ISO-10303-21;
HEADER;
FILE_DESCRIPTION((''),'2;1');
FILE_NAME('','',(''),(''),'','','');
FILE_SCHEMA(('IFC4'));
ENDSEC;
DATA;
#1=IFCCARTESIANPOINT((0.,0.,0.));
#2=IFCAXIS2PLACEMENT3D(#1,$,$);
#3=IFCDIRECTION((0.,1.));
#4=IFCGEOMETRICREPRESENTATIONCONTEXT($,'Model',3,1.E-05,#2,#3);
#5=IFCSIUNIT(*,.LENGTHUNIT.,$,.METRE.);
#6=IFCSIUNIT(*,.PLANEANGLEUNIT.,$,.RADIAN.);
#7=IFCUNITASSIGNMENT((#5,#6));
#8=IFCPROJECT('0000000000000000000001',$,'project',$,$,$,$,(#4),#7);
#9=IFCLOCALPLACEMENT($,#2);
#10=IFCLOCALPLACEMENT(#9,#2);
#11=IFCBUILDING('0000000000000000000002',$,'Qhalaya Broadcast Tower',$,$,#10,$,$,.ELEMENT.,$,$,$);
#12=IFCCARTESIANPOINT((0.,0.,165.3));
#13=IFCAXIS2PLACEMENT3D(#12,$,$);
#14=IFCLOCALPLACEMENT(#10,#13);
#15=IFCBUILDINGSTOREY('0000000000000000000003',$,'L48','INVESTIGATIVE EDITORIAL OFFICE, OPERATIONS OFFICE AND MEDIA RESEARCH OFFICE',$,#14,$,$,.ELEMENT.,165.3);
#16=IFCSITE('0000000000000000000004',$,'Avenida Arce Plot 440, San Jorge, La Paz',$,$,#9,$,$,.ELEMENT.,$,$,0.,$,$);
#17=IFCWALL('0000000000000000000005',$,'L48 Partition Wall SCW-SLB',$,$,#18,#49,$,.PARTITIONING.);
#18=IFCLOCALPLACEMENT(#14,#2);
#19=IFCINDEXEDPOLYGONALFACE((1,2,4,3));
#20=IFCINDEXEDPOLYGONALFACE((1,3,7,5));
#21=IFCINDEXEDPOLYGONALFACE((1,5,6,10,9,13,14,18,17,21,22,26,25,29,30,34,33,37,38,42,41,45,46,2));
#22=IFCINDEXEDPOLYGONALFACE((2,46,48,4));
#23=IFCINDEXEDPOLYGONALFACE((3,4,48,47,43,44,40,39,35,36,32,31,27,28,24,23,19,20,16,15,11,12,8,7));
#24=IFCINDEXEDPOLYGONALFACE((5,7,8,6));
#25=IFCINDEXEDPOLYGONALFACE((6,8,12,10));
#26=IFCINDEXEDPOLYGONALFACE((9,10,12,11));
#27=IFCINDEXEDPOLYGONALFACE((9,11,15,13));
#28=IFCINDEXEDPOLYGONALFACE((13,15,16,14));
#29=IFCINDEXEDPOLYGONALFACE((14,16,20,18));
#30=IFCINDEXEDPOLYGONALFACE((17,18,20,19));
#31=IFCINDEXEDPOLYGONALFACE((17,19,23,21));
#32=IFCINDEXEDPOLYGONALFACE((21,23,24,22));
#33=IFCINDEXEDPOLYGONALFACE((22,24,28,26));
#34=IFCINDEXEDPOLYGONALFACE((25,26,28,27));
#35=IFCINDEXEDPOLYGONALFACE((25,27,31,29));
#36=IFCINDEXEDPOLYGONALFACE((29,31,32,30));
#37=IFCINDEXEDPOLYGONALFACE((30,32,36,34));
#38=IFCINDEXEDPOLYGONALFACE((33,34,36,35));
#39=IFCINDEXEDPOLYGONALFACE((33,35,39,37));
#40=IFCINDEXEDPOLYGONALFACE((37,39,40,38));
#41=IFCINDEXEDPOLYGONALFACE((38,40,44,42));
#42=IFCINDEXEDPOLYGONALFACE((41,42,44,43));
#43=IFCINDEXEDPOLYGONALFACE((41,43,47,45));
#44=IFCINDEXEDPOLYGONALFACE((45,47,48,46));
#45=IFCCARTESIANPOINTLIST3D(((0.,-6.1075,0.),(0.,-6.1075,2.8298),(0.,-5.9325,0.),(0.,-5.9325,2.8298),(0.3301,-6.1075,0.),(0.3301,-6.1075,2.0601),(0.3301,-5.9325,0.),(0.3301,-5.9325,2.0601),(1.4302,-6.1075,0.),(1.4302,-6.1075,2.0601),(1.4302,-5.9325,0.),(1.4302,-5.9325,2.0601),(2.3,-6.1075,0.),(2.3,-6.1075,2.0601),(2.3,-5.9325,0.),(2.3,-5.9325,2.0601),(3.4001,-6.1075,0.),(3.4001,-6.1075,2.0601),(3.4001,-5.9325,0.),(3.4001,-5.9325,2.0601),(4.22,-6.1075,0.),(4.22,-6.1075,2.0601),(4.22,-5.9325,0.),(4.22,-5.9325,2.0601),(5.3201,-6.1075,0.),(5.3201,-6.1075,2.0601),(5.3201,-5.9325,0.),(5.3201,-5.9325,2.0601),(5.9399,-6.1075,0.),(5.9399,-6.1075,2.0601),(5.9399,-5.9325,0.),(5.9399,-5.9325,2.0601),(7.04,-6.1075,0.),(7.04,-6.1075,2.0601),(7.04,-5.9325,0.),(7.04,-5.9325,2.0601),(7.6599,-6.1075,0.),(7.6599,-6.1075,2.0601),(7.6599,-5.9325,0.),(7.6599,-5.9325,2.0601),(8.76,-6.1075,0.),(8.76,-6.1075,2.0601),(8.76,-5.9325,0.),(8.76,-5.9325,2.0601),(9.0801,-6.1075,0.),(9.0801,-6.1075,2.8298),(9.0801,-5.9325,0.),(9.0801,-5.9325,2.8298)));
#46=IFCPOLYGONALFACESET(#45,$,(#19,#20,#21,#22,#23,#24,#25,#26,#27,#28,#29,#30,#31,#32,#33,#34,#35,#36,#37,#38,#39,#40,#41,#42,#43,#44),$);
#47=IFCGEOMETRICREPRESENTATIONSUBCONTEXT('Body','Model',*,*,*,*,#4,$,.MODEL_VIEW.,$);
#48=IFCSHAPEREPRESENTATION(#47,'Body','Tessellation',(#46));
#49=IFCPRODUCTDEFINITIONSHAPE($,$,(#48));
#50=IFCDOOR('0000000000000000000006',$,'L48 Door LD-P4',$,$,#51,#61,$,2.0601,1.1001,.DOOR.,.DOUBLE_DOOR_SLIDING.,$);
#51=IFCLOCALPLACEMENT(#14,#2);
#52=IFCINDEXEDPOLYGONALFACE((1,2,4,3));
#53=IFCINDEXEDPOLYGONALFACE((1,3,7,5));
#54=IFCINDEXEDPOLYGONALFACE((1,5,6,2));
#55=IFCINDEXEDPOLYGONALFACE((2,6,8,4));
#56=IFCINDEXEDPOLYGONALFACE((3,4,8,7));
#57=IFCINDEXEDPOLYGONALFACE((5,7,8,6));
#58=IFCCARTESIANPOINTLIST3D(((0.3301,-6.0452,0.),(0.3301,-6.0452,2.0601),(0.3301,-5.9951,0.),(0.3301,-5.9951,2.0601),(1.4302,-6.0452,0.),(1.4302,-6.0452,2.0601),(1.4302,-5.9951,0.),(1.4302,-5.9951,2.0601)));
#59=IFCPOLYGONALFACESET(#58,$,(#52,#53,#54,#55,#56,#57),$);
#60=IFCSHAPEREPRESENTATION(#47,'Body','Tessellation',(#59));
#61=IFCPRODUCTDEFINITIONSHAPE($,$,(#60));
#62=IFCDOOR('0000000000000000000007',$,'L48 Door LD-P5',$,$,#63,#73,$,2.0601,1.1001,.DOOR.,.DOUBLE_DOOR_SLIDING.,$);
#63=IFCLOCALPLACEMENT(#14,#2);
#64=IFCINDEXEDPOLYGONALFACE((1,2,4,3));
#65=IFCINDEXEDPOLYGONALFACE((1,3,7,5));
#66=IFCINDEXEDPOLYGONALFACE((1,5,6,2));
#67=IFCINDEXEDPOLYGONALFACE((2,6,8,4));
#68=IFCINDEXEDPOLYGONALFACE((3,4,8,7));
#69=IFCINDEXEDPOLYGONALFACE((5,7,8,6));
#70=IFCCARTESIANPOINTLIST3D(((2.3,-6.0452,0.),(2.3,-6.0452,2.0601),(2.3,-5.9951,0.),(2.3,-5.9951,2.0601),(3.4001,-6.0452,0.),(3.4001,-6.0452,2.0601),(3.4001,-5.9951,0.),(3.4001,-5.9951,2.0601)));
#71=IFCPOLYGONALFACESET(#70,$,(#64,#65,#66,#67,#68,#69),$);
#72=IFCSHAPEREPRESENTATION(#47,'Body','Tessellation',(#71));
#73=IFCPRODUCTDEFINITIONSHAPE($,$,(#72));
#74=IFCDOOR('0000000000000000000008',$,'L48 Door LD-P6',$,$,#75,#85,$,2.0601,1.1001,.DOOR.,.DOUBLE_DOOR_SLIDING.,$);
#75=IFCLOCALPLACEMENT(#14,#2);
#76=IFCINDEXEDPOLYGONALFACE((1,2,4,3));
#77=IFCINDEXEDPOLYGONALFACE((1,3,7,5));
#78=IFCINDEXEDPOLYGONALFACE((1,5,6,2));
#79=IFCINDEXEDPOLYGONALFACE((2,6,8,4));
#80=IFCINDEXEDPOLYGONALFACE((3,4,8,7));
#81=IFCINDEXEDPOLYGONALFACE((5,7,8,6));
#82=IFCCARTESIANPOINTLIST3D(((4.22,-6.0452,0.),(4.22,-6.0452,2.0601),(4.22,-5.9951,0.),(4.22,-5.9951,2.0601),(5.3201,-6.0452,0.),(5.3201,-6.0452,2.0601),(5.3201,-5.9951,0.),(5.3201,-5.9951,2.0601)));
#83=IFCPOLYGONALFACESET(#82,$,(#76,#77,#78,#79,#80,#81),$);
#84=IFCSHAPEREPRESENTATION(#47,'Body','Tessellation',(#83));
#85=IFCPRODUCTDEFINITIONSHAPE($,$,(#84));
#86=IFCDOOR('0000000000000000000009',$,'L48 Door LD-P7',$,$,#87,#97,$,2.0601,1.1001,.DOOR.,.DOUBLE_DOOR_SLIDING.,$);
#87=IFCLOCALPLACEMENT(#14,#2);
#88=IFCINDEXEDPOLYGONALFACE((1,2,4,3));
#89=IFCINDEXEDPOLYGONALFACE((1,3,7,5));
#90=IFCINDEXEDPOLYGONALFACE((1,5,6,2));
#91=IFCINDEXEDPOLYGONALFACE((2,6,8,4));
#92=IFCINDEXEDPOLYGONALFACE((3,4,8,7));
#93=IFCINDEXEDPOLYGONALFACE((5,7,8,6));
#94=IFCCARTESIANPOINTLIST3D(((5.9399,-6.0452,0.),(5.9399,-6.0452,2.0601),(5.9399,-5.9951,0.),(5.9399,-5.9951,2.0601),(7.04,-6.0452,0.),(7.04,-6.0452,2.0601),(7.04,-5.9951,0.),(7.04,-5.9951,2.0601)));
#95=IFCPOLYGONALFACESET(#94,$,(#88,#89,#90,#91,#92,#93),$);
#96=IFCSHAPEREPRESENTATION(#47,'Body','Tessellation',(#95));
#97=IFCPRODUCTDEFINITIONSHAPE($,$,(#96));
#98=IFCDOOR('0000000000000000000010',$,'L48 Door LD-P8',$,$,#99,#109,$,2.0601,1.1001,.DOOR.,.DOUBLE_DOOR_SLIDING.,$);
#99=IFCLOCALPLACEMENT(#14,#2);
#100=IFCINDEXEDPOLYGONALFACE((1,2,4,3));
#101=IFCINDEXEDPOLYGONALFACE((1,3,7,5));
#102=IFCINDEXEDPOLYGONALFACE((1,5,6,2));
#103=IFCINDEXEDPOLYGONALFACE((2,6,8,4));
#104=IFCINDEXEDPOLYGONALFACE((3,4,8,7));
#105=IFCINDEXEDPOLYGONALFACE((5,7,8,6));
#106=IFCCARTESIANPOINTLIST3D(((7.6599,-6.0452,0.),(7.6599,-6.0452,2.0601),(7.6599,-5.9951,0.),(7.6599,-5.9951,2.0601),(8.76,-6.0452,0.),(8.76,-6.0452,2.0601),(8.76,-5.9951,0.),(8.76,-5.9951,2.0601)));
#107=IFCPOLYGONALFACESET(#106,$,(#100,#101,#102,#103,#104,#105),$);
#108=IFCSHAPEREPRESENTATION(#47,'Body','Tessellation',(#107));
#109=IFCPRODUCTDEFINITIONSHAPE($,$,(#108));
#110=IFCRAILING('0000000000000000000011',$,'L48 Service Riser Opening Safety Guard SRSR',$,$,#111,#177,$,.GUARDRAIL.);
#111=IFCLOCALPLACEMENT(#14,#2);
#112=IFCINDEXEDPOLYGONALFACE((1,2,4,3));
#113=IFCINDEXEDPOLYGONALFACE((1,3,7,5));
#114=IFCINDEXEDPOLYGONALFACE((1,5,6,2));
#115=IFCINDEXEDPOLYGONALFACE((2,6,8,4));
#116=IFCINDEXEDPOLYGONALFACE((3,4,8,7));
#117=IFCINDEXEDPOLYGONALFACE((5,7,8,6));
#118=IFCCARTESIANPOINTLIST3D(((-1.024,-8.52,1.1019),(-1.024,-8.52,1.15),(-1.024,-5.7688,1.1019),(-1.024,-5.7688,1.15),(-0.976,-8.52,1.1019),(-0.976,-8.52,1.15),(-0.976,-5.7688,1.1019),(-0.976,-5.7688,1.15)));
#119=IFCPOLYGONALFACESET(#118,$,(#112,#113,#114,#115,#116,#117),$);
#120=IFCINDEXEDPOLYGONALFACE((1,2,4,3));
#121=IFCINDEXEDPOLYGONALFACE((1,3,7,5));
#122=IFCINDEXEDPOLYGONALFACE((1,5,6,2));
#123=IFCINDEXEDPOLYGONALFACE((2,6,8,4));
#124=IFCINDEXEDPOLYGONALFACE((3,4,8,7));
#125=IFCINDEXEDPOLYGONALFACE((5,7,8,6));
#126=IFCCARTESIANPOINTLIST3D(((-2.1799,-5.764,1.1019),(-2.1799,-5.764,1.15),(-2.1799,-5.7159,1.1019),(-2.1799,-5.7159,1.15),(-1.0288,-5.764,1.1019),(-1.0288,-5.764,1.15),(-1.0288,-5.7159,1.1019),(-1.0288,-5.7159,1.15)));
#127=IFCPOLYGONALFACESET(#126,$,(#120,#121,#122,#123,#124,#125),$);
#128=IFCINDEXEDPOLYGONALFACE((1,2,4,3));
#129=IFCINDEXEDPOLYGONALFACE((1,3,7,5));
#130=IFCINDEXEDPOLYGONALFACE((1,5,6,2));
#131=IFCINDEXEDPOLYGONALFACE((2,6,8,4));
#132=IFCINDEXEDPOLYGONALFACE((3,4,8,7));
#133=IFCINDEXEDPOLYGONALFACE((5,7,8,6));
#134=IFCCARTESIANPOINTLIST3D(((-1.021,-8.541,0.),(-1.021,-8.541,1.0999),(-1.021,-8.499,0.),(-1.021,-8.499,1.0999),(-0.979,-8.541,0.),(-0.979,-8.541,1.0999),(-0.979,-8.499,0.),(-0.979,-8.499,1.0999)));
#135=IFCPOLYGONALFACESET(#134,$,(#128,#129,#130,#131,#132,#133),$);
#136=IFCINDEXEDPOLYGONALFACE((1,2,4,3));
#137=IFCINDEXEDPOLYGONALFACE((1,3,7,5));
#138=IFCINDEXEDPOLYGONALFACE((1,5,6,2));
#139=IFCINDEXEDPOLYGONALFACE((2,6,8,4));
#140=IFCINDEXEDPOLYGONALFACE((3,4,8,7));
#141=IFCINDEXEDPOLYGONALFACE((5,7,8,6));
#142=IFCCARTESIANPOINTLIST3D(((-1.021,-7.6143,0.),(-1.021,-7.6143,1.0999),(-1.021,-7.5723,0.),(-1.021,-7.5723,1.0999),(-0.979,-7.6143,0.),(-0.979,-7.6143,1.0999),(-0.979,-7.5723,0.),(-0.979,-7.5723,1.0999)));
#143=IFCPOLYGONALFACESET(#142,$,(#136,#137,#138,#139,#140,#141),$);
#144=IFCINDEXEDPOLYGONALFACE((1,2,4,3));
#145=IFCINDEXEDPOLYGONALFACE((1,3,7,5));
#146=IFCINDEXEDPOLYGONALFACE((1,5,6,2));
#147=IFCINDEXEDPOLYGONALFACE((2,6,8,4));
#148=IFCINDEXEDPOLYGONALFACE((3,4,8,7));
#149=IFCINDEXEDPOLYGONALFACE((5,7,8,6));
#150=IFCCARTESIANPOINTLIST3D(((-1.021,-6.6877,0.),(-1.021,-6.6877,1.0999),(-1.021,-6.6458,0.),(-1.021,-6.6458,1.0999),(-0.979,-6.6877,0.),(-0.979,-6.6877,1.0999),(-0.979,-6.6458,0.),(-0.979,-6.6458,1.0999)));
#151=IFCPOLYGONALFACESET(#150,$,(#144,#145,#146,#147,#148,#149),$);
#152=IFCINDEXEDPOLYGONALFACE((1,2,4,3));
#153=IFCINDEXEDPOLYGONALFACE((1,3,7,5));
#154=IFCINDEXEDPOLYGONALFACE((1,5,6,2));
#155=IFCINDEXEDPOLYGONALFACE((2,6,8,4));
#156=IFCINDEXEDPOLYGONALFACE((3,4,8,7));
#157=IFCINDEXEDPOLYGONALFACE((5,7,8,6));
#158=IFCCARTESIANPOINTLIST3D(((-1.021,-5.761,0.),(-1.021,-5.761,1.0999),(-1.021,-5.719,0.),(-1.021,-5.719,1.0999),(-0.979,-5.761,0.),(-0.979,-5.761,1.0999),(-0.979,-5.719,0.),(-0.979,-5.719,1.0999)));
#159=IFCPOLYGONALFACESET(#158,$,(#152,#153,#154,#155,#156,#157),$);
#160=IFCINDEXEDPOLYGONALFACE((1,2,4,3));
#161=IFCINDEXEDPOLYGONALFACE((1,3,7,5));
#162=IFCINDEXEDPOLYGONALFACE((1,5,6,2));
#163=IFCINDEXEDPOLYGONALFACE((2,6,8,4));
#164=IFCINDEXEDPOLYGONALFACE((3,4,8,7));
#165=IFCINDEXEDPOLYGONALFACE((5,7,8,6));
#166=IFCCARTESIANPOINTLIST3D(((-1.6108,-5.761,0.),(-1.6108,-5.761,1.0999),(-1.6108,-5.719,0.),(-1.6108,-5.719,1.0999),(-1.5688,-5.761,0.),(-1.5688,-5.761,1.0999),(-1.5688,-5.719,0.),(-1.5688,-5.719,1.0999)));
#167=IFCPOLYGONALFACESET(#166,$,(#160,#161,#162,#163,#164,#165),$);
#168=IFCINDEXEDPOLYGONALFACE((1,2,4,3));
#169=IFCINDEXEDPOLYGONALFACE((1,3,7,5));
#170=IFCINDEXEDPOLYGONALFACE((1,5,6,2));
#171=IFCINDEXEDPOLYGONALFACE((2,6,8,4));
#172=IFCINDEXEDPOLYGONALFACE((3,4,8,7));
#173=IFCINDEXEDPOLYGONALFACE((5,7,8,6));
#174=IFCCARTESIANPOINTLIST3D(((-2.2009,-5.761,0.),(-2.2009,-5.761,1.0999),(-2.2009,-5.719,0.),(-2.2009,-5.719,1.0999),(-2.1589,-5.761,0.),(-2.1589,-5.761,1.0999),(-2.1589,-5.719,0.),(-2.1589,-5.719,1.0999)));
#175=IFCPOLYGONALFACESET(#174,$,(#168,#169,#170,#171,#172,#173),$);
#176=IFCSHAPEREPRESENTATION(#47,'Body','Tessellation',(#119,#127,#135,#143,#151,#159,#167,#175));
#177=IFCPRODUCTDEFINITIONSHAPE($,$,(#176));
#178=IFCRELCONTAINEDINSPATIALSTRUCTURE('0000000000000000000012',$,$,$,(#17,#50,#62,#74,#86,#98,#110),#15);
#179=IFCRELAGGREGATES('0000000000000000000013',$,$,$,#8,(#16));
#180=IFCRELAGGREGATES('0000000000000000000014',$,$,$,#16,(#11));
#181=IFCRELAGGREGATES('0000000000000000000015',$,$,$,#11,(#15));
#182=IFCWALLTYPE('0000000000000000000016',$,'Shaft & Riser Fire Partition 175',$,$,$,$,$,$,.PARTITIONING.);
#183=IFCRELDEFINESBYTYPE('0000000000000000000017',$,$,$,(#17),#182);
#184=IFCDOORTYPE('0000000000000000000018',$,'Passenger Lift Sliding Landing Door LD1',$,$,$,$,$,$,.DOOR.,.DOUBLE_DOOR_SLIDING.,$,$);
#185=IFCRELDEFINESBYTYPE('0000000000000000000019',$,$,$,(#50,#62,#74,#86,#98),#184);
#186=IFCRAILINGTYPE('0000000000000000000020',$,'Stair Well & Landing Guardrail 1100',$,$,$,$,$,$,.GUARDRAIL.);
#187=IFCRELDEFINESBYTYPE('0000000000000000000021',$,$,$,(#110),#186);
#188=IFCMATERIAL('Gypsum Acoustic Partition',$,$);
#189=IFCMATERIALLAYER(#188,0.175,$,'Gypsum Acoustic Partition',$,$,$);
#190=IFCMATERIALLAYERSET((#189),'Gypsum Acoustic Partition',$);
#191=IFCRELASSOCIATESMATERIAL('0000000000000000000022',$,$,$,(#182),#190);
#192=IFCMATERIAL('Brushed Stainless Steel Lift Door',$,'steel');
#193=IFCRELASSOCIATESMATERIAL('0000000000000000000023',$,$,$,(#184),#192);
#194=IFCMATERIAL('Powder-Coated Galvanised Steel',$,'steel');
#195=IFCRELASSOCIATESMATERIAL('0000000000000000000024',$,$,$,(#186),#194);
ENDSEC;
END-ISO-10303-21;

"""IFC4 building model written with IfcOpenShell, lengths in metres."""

from ifc_helpers import new_model, si_unit, direction, frame, frame_2d, origin, origin_2d, place, context, subcontext, project, spatial, rectangle, extrude, material, layer, layer_set, type_object, element, fill, save


model = new_model("IFC4")

# Units and contexts
model_context = context("Model", 3, precision=1e-05, world=origin(), true_north=direction((0.0, 1.0)))
body_context = subcontext(model_context, "Body", "Model", "MODEL_VIEW")
ifc_project = project(units=[si_unit("LENGTHUNIT", "METRE"), si_unit("PLANEANGLEUNIT", "RADIAN")], contexts=[model_context])

# Site, building, storey
site_placement = place(None, origin())
site = spatial("IfcSite", under=ifc_project, at=site_placement, Name="Avenida Arce Plot 440, San Jorge, La Paz", CompositionType="ELEMENT", RefElevation=0.0)
building_placement = place(site_placement, origin())
building = spatial("IfcBuilding", under=site, at=building_placement, Name="Qhalaya Broadcast Tower", CompositionType="ELEMENT")
storey_placement = place(building_placement, frame((0.0, 0.0, 165.3)))
storey = spatial("IfcBuildingStorey", under=building, at=storey_placement, Name="L48", Description="INVESTIGATIVE EDITORIAL OFFICE, OPERATIONS OFFICE AND MEDIA RESEARCH OFFICE", CompositionType="ELEMENT", Elevation=165.3)

# Shared definitions
ifc_material_1 = material(Name="Gypsum Acoustic Partition")

# Shared definitions
ifc_layer_1 = layer(ifc_material_1, 0.175, Name="Gypsum Acoustic Partition")
ifc_layer_set_1 = layer_set([ifc_layer_1], Name="Gypsum Acoustic Partition")
wall_type_1 = type_object("IfcWallType", Name="Shaft & Riser Fire Partition 175", PredefinedType="PARTITIONING", material=ifc_layer_set_1)

# Wall, openings, doors
wall_1_placement = place(storey_placement, frame((0.0, -6.02, 0.0), z_axis=(0.0, 0.0, 1.0), x_axis=(1.0, 0.0, 0.0)))
wall_1 = element("IfcWall", 1, at=wall_1_placement, inside=storey, type_object=wall_type_1, Name="L48 Partition Wall SCW-SLB", PredefinedType="PARTITIONING", context=body_context, shape_type="SweptSolid", body=[
    extrude(rectangle(XDim=9.0801, YDim=0.175, at=frame_2d((4.54, 0.0))), origin(), (0.0, 0.0, 1.0), 2.8298),
])
opening_1_placement = place(wall_1_placement, frame((0.3301, 0.0, 0.0)))
opening_1 = element("IfcOpeningElement", 2, at=opening_1_placement, cuts=wall_1, PredefinedType="OPENING", context=body_context, shape_type="SweptSolid", body=[
    extrude(rectangle(XDim=1.1001, YDim=2.0601, at=frame_2d((0.55, 1.03))), frame((0.0, 0.0996, 0.0), z_axis=(0.0, -1.0, 0.0), x_axis=(1.0, 0.0, 0.0)), (0.0, 0.0, 1.0), 0.199),
])
opening_2_placement = place(wall_1_placement, frame((2.3, 0.0, 0.0)))
opening_2 = element("IfcOpeningElement", 3, at=opening_2_placement, cuts=wall_1, PredefinedType="OPENING", context=body_context, shape_type="SweptSolid", body=[
    extrude(rectangle(XDim=1.1001, YDim=2.0601, at=frame_2d((0.55, 1.03))), frame((0.0, 0.0996, 0.0), z_axis=(0.0, -1.0, 0.0), x_axis=(1.0, 0.0, 0.0)), (0.0, 0.0, 1.0), 0.199),
])
opening_3_placement = place(wall_1_placement, frame((4.22, 0.0, 0.0)))
opening_3 = element("IfcOpeningElement", 4, at=opening_3_placement, cuts=wall_1, PredefinedType="OPENING", context=body_context, shape_type="SweptSolid", body=[
    extrude(rectangle(XDim=1.1001, YDim=2.0601, at=frame_2d((0.55, 1.03))), frame((0.0, 0.0996, 0.0), z_axis=(0.0, -1.0, 0.0), x_axis=(1.0, 0.0, 0.0)), (0.0, 0.0, 1.0), 0.199),
])
opening_4_placement = place(wall_1_placement, frame((5.9399, 0.0, 0.0)))
opening_4 = element("IfcOpeningElement", 5, at=opening_4_placement, cuts=wall_1, PredefinedType="OPENING", context=body_context, shape_type="SweptSolid", body=[
    extrude(rectangle(XDim=1.1001, YDim=2.0601, at=frame_2d((0.55, 1.03))), frame((0.0, 0.0996, 0.0), z_axis=(0.0, -1.0, 0.0), x_axis=(1.0, 0.0, 0.0)), (0.0, 0.0, 1.0), 0.199),
])
opening_5_placement = place(wall_1_placement, frame((7.6599, 0.0, 0.0)))
opening_5 = element("IfcOpeningElement", 6, at=opening_5_placement, cuts=wall_1, PredefinedType="OPENING", context=body_context, shape_type="SweptSolid", body=[
    extrude(rectangle(XDim=1.1001, YDim=2.0601, at=frame_2d((0.55, 1.03))), frame((0.0, 0.0996, 0.0), z_axis=(0.0, -1.0, 0.0), x_axis=(1.0, 0.0, 0.0)), (0.0, 0.0, 1.0), 0.199),
])
ifc_material_2 = material(Name="Brushed Stainless Steel Lift Door", Category="steel")
door_type_1 = type_object("IfcDoorType", Name="Passenger Lift Sliding Landing Door LD1", OperationType="DOUBLE_DOOR_SLIDING", PredefinedType="DOOR", material=ifc_material_2)
door_1_placement = place(opening_1_placement, origin())
door_1 = element("IfcDoor", 7, at=door_1_placement, inside=storey, type_object=door_type_1, Name="L48 Door LD-P4", OperationType="DOUBLE_DOOR_SLIDING", OverallHeight=2.0601, OverallWidth=1.1001, PredefinedType="DOOR", context=body_context, shape_type="SweptSolid", body=[
    extrude(rectangle(XDim=1.1001, YDim=2.0601, at=frame_2d((0.55, 1.03))), frame((0.0, 0.0249, 0.0), z_axis=(0.0, -1.0, 0.0), x_axis=(1.0, 0.0, 0.0)), (0.0, 0.0, 1.0), 0.05),
])
fill(opening_1, door_1)
door_2_placement = place(opening_2_placement, origin())
door_2 = element("IfcDoor", 8, at=door_2_placement, inside=storey, type_object=door_type_1, Name="L48 Door LD-P5", OperationType="DOUBLE_DOOR_SLIDING", OverallHeight=2.0601, OverallWidth=1.1001, PredefinedType="DOOR", context=body_context, shape_type="SweptSolid", body=[
    extrude(rectangle(XDim=1.1001, YDim=2.0601, at=frame_2d((0.55, 1.03))), frame((0.0, 0.0249, 0.0), z_axis=(0.0, -1.0, 0.0), x_axis=(1.0, 0.0, 0.0)), (0.0, 0.0, 1.0), 0.05),
])
fill(opening_2, door_2)
door_3_placement = place(opening_3_placement, origin())
door_3 = element("IfcDoor", 9, at=door_3_placement, inside=storey, type_object=door_type_1, Name="L48 Door LD-P6", OperationType="DOUBLE_DOOR_SLIDING", OverallHeight=2.0601, OverallWidth=1.1001, PredefinedType="DOOR", context=body_context, shape_type="SweptSolid", body=[
    extrude(rectangle(XDim=1.1001, YDim=2.0601, at=frame_2d((0.55, 1.03))), frame((0.0, 0.0249, 0.0), z_axis=(0.0, -1.0, 0.0), x_axis=(1.0, 0.0, 0.0)), (0.0, 0.0, 1.0), 0.05),
])
fill(opening_3, door_3)
door_4_placement = place(opening_4_placement, origin())
door_4 = element("IfcDoor", 10, at=door_4_placement, inside=storey, type_object=door_type_1, Name="L48 Door LD-P7", OperationType="DOUBLE_DOOR_SLIDING", OverallHeight=2.0601, OverallWidth=1.1001, PredefinedType="DOOR", context=body_context, shape_type="SweptSolid", body=[
    extrude(rectangle(XDim=1.1001, YDim=2.0601, at=frame_2d((0.55, 1.03))), frame((0.0, 0.0249, 0.0), z_axis=(0.0, -1.0, 0.0), x_axis=(1.0, 0.0, 0.0)), (0.0, 0.0, 1.0), 0.05),
])
fill(opening_4, door_4)
door_5_placement = place(opening_5_placement, origin())
door_5 = element("IfcDoor", 11, at=door_5_placement, inside=storey, type_object=door_type_1, Name="L48 Door LD-P8", OperationType="DOUBLE_DOOR_SLIDING", OverallHeight=2.0601, OverallWidth=1.1001, PredefinedType="DOOR", context=body_context, shape_type="SweptSolid", body=[
    extrude(rectangle(XDim=1.1001, YDim=2.0601, at=frame_2d((0.55, 1.03))), frame((0.0, 0.0249, 0.0), z_axis=(0.0, -1.0, 0.0), x_axis=(1.0, 0.0, 0.0)), (0.0, 0.0, 1.0), 0.05),
])
fill(opening_5, door_5)

# Railing
ifc_material_3 = material(Name="Powder-Coated Galvanised Steel", Category="steel")
railing_type = type_object("IfcRailingType", Name="Stair Well & Landing Guardrail 1100", PredefinedType="GUARDRAIL", material=ifc_material_3)
railing_placement = place(storey_placement, frame((-1.0, -8.52, 0.0)))
element("IfcRailing", 12, at=railing_placement, inside=storey, type_object=railing_type, Name="L48 Service Riser Opening Safety Guard SRSR", PredefinedType="GUARDRAIL", context=body_context, shape_type="SweptSolid", body=[
    extrude(rectangle(XDim=0.0481, YDim=0.0481, at=origin_2d()), frame((0.0, 0.0, 1.126), z_axis=(0.0, 1.0, 0.0), x_axis=(-1.0, 0.0, 0.0)), (0.0, 0.0, 1.0), 2.7512),
    extrude(rectangle(XDim=0.0481, YDim=0.0481, at=origin_2d()), frame((-0.0288, 2.78, 1.126), z_axis=(-1.0, 0.0, 0.0), x_axis=(0.0, -1.0, 0.0)), (0.0, 0.0, 1.0), 1.1511),
    extrude(rectangle(XDim=0.042, YDim=0.042, at=origin_2d()), origin(), (0.0, 0.0, 1.0), 1.0999),
    extrude(rectangle(XDim=0.042, YDim=0.042, at=origin_2d()), frame((0.0, 0.9268, 0.0)), (0.0, 0.0, 1.0), 1.0999),
    extrude(rectangle(XDim=0.042, YDim=0.042, at=origin_2d()), frame((0.0, 1.8533, 0.0)), (0.0, 0.0, 1.0), 1.0999),
    extrude(rectangle(XDim=0.042, YDim=0.042, at=origin_2d()), frame((0.0, 2.78, 0.0)), (0.0, 0.0, 1.0), 1.0999),
    extrude(rectangle(XDim=0.042, YDim=0.042, at=origin_2d()), frame((-0.5898, 2.78, 0.0)), (0.0, 0.0, 1.0), 1.0999),
    extrude(rectangle(XDim=0.042, YDim=0.042, at=origin_2d()), frame((-1.1799, 2.78, 0.0)), (0.0, 0.0, 1.0), 1.0999),
])

save(model, "model.ifc")
